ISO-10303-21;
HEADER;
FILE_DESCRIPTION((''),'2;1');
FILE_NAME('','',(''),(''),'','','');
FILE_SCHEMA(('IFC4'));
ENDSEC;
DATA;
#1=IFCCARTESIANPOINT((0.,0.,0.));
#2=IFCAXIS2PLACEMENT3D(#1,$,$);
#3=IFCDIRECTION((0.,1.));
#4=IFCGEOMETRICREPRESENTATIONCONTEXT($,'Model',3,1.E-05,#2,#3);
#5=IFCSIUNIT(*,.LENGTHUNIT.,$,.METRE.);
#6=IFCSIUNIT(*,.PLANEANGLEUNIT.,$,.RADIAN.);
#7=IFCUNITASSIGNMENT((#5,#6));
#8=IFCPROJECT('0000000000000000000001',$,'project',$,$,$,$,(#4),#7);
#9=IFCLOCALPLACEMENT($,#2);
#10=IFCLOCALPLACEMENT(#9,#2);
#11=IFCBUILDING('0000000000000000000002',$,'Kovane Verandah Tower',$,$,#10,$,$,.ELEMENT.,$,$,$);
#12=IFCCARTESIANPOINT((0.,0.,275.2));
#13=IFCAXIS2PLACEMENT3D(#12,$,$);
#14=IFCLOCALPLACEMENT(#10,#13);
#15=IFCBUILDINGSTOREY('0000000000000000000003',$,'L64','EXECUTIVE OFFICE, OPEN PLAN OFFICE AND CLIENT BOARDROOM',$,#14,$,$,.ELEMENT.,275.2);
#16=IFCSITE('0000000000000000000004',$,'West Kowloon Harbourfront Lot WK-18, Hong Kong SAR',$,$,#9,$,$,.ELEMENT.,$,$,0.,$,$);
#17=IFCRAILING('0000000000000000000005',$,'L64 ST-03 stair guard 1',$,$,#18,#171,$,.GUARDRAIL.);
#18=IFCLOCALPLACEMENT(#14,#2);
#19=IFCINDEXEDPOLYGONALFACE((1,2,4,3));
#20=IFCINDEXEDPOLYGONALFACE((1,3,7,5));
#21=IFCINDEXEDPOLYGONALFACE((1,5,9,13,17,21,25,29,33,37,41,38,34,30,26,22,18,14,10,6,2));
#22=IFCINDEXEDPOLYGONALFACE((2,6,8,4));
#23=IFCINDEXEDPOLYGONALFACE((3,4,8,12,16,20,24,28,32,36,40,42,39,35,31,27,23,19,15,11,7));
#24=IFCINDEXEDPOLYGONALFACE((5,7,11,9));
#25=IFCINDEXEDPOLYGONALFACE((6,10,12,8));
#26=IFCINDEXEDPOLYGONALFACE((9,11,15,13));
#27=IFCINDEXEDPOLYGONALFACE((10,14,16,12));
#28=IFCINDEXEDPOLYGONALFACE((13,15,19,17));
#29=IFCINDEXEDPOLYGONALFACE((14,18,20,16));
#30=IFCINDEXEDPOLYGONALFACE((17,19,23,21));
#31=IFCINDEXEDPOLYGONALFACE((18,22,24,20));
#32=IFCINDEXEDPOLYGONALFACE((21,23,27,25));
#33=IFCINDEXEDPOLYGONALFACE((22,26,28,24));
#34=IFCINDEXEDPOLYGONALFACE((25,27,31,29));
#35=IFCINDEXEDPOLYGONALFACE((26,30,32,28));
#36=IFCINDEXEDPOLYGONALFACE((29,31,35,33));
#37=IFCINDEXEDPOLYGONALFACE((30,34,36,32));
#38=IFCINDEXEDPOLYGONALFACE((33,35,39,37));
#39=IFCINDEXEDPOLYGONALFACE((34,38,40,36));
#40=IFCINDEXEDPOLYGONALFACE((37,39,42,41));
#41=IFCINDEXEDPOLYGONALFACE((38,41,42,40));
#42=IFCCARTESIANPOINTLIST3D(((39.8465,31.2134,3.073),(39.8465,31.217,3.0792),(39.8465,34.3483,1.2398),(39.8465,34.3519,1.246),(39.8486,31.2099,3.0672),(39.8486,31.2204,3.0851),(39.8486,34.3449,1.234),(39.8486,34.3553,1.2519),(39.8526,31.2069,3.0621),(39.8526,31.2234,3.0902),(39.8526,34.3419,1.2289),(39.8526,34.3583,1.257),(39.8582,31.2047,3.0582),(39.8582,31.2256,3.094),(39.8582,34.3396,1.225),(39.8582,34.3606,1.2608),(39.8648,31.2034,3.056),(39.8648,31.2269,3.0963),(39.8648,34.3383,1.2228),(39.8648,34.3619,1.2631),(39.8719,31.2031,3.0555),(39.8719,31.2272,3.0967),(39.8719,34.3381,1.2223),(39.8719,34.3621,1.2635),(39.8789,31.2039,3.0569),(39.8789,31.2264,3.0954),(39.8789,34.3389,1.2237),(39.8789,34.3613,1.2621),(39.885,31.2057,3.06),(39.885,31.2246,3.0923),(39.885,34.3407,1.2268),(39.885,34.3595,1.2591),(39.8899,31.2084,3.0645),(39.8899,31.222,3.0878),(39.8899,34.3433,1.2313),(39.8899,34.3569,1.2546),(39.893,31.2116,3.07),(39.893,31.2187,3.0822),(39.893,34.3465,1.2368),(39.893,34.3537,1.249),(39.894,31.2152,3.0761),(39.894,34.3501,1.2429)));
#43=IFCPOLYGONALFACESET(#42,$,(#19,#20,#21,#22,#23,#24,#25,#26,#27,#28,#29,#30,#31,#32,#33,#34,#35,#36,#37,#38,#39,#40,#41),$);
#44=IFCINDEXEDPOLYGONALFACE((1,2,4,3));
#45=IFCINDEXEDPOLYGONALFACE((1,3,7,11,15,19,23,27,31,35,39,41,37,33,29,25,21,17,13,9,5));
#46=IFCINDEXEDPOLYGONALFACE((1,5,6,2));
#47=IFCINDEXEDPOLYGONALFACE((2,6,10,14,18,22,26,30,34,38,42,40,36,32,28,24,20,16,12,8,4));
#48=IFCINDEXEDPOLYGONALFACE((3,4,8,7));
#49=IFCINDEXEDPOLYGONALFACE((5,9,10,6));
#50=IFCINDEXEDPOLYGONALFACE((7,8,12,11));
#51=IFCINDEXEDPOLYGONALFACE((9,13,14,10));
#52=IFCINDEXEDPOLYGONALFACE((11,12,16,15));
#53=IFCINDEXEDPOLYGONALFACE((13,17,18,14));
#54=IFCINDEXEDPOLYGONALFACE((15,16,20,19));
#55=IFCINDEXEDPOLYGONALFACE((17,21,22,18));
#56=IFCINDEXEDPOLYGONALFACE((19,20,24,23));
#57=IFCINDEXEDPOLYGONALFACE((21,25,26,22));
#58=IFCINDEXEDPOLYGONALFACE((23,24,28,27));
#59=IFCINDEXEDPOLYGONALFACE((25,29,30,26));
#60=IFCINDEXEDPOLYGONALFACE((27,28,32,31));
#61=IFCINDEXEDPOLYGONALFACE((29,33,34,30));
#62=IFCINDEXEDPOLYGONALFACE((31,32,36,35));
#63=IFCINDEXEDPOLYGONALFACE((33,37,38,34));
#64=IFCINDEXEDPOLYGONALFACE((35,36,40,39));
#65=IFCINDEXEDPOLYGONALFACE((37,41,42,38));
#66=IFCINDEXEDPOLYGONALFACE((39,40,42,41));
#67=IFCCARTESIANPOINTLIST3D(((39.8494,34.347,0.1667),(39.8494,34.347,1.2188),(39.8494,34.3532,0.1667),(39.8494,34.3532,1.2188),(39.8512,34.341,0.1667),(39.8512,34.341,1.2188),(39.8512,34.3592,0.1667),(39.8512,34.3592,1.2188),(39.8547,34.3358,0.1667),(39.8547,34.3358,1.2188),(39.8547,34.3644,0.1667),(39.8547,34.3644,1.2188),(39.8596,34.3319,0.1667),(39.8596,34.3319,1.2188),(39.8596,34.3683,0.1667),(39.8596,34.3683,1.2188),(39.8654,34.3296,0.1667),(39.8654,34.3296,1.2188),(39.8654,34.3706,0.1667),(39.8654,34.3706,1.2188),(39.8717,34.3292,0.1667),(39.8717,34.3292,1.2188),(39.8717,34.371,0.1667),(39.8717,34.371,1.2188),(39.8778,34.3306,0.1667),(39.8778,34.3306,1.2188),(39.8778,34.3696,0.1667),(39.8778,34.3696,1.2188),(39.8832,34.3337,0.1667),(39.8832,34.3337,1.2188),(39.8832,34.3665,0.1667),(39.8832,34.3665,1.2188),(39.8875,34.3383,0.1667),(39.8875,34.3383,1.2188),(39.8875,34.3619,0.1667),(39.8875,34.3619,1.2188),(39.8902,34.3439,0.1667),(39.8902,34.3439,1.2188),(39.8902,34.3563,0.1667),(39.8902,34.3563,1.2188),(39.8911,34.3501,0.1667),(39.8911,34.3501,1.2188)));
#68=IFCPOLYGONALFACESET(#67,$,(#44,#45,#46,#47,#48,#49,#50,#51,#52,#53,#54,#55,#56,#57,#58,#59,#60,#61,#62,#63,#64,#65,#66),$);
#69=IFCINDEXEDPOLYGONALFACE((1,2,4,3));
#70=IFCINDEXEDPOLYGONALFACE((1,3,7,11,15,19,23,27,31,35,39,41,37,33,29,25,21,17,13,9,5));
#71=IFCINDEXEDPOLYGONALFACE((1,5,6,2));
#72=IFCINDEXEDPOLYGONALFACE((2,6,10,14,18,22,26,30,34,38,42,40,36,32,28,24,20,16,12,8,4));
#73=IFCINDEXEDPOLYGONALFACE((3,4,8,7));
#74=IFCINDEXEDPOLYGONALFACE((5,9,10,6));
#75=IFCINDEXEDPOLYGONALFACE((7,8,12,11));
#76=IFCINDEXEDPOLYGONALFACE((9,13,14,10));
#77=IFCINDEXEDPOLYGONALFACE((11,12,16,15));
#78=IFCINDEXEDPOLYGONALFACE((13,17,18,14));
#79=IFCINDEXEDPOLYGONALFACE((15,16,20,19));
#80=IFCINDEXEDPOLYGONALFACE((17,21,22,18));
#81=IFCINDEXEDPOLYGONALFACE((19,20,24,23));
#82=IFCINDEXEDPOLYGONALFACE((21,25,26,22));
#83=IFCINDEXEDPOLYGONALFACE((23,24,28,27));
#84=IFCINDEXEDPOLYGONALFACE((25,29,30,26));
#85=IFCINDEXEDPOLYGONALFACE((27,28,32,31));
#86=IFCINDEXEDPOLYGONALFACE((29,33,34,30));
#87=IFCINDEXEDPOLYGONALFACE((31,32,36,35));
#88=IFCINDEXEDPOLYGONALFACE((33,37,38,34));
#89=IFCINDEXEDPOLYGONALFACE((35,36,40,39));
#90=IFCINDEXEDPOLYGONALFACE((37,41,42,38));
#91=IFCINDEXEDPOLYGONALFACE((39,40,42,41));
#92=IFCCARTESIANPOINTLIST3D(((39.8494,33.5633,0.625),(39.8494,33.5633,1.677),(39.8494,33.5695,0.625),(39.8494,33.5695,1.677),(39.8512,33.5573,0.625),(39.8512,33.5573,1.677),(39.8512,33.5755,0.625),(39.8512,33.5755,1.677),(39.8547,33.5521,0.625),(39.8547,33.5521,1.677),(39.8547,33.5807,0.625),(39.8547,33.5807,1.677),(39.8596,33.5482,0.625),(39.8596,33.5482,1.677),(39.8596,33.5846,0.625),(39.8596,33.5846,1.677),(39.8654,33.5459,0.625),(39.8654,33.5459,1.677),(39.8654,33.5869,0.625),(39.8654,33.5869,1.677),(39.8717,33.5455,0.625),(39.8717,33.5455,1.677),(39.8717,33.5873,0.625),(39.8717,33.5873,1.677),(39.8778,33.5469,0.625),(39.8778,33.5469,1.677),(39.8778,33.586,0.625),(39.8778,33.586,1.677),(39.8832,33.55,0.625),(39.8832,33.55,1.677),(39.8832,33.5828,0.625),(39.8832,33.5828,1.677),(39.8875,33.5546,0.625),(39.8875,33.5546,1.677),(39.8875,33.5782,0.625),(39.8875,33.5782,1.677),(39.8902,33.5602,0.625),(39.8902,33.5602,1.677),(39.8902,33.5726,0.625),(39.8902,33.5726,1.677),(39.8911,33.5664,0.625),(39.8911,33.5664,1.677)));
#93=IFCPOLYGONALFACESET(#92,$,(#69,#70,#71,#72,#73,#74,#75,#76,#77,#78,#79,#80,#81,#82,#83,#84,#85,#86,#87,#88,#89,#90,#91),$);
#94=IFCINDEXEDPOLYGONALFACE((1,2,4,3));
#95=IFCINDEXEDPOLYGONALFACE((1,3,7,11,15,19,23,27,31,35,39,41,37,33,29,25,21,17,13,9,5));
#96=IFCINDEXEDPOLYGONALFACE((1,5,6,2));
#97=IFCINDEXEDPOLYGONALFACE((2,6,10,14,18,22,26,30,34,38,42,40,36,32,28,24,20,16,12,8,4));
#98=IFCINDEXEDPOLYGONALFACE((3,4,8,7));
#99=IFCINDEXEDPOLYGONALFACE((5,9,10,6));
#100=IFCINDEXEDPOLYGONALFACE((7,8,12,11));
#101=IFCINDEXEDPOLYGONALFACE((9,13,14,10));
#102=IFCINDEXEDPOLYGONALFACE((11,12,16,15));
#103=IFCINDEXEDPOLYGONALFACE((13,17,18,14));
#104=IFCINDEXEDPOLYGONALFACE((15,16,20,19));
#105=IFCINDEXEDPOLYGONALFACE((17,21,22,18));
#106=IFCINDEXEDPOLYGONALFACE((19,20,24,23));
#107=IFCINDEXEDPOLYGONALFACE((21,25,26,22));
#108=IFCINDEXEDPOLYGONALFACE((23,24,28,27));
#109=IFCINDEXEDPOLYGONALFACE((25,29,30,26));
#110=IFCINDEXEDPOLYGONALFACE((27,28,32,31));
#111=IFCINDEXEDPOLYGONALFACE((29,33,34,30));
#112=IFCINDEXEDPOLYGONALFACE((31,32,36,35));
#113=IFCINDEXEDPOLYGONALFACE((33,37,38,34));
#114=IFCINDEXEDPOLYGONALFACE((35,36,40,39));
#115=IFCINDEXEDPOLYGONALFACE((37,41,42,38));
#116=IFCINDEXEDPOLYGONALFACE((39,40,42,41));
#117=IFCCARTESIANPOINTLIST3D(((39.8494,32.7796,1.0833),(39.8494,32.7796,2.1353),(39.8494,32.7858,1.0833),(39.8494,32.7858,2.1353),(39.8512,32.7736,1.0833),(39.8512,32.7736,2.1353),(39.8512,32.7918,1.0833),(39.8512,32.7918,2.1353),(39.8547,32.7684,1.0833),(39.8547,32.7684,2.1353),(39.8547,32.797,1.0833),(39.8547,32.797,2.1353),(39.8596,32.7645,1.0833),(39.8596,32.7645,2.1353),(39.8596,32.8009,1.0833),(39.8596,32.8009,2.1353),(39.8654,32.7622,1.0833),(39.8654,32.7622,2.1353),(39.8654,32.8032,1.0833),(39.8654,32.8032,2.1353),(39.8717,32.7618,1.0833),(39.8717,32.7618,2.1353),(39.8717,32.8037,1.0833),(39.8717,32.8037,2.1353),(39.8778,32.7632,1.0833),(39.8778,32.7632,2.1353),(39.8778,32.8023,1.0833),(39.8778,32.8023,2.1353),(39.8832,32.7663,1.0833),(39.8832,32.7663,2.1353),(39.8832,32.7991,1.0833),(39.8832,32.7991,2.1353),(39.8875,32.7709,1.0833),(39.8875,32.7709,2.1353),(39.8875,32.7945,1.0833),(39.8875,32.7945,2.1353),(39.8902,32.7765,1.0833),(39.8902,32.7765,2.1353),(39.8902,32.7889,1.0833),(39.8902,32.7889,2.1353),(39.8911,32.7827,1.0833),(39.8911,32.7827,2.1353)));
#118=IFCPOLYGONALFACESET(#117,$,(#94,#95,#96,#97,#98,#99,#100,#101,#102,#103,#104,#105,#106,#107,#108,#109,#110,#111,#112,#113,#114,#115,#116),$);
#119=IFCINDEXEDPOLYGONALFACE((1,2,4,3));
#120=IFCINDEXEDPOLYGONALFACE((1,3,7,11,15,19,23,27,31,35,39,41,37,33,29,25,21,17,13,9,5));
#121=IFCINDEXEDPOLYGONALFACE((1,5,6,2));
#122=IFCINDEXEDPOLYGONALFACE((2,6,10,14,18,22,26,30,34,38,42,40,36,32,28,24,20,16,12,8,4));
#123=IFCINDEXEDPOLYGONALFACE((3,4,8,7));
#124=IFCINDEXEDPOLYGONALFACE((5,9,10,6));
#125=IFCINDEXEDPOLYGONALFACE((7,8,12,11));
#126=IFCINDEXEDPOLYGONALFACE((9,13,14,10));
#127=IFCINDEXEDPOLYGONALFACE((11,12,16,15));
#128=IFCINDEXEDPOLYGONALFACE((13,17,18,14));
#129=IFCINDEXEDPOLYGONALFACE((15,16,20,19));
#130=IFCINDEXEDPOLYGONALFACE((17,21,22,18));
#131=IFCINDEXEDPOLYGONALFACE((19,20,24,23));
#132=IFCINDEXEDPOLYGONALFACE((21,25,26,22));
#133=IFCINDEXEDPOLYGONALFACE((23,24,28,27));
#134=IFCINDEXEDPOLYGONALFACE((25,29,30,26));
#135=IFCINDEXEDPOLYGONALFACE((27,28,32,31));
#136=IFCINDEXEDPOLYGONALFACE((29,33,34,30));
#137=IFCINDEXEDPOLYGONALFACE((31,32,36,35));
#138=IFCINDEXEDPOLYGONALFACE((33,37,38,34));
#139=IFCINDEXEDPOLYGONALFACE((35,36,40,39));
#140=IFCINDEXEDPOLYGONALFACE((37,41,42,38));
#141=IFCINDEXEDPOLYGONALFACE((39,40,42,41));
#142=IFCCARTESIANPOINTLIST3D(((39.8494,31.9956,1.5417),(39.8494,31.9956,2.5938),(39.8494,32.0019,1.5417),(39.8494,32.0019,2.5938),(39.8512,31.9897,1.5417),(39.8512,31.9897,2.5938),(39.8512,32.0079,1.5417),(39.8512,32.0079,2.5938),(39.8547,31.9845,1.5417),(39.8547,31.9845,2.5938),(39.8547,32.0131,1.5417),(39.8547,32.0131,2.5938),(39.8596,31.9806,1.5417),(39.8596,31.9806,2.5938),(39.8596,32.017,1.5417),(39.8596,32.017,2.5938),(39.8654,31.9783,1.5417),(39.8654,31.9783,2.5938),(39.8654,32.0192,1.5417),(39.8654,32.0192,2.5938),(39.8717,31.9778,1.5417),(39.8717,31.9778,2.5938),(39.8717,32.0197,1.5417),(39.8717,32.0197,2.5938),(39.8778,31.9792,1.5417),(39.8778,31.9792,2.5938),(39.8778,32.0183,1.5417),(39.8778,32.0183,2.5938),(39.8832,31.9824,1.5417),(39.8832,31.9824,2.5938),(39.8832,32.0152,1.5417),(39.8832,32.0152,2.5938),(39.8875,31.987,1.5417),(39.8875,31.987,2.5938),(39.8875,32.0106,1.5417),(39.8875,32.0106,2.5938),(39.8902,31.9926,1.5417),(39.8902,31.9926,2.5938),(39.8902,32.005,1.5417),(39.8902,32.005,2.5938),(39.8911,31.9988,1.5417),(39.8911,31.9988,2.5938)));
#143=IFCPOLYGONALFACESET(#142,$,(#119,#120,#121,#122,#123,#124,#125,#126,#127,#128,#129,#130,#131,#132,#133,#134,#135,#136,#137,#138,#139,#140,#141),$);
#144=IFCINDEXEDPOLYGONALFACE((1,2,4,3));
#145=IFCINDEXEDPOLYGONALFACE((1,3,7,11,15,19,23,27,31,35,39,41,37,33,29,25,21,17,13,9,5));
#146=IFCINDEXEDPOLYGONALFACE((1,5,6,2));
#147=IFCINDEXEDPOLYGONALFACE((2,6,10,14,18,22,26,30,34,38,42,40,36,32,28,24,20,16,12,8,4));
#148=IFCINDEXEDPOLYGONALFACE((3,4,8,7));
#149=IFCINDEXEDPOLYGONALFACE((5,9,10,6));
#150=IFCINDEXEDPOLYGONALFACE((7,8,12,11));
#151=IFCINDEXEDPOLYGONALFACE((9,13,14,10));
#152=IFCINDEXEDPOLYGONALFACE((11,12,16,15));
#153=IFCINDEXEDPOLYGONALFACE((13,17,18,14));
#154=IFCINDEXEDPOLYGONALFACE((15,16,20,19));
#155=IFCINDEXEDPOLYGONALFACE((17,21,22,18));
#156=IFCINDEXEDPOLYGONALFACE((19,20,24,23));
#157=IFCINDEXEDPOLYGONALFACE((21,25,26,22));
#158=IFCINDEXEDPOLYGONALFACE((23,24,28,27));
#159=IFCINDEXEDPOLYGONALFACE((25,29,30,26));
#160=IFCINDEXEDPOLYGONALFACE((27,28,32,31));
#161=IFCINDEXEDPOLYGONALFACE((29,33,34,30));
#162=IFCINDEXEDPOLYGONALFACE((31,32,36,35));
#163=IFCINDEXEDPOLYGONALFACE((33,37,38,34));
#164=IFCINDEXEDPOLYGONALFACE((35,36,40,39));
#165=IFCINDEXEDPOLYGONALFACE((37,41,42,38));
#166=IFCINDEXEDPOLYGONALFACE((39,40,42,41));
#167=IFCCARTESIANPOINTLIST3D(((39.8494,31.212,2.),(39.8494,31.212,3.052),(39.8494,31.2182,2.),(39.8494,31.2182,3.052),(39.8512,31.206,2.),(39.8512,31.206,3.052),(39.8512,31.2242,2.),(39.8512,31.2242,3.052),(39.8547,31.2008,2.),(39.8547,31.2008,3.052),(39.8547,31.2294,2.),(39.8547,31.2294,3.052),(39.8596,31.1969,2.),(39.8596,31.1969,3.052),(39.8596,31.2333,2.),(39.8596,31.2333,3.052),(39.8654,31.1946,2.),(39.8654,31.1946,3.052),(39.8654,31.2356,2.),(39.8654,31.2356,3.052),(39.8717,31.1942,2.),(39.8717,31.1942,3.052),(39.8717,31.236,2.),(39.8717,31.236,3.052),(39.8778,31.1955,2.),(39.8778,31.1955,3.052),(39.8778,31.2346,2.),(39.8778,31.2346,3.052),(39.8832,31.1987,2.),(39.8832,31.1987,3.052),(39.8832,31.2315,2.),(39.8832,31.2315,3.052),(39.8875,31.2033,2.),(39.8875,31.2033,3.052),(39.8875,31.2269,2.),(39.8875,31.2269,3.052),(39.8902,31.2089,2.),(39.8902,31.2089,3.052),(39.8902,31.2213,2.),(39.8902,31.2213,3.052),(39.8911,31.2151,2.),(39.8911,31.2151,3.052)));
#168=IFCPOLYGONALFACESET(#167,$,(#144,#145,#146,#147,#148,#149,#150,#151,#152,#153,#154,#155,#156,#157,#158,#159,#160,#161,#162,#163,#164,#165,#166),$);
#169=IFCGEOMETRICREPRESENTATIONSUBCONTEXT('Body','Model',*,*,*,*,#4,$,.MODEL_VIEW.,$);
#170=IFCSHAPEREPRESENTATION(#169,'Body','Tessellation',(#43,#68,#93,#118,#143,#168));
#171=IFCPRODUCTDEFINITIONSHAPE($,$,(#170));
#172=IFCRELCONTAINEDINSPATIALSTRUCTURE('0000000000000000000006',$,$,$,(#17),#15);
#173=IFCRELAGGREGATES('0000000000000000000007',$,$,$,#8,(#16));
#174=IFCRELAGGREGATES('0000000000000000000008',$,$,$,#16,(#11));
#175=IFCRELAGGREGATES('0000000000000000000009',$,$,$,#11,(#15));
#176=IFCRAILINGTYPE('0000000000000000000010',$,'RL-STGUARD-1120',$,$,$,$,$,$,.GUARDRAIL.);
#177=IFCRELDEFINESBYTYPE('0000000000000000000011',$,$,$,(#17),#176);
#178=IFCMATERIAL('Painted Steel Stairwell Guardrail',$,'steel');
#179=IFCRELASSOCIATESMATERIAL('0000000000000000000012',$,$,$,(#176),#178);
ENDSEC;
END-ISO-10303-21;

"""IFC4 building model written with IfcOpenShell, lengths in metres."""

from ifc_helpers import new_model, si_unit, direction, frame, origin, origin_2d, place, context, subcontext, project, spatial, circle, extrude, material, type_object, element, save


model = new_model("IFC4")

# Units and contexts
model_context = context("Model", 3, precision=1e-05, world=origin(), true_north=direction((0.0, 1.0)))
body_context = subcontext(model_context, "Body", "Model", "MODEL_VIEW")
ifc_project = project(units=[si_unit("LENGTHUNIT", "METRE"), si_unit("PLANEANGLEUNIT", "RADIAN")], contexts=[model_context])

# Site, building, storey
site_placement = place(None, origin())
site = spatial("IfcSite", under=ifc_project, at=site_placement, Name="West Kowloon Harbourfront Lot WK-18, Hong Kong SAR", CompositionType="ELEMENT", RefElevation=0.0)
building_placement = place(site_placement, origin())
building = spatial("IfcBuilding", under=site, at=building_placement, Name="Kovane Verandah Tower", CompositionType="ELEMENT")
storey_placement = place(building_placement, frame((0.0, 0.0, 275.2)))
storey = spatial("IfcBuildingStorey", under=building, at=storey_placement, Name="L64", Description="EXECUTIVE OFFICE, OPEN PLAN OFFICE AND CLIENT BOARDROOM", CompositionType="ELEMENT", Elevation=275.2)

# Railing
ifc_material_1 = material(Name="Painted Steel Stairwell Guardrail", Category="steel")
railing_type_1 = type_object("IfcRailingType", Name="RL-STGUARD-1120", PredefinedType="GUARDRAIL", material=ifc_material_1)
for number, where, name in (
    (1, (39.8701, 34.3501, 0.1667), "L64 ST-03 stair guard 1"),
):
    element("IfcRailing", number, at=place(storey_placement, frame(where)), inside=storey, type_object=railing_type_1, Name=name, PredefinedType="GUARDRAIL", context=body_context, shape_type="SweptSolid", body=[
        extrude(circle(Radius=0.0239, at=origin_2d()), frame((0.0, 0.0, 1.0762), z_axis=(0.0, -0.86324, 0.504794), x_axis=(1.0, 0.0, 0.0)), (0.0, 0.0, 1.0), 3.6316),
        extrude(circle(Radius=0.021, at=origin_2d()), origin(), (0.0, 0.0, 1.0), 1.052),
        extrude(circle(Radius=0.021, at=origin_2d()), frame((0.0, -0.7837, 0.4583)), (0.0, 0.0, 1.0), 1.052),
        extrude(circle(Radius=0.021, at=origin_2d()), frame((0.0, -1.5674, 0.9165)), (0.0, 0.0, 1.0), 1.052),
        extrude(circle(Radius=0.021, at=origin_2d()), frame((0.0, -2.3513, 1.375)), (0.0, 0.0, 1.0), 1.052),
        extrude(circle(Radius=0.021, at=origin_2d()), frame((0.0, -3.135, 1.8333)), (0.0, 0.0, 1.0), 1.052),
    ])

save(model, "model.ifc")
